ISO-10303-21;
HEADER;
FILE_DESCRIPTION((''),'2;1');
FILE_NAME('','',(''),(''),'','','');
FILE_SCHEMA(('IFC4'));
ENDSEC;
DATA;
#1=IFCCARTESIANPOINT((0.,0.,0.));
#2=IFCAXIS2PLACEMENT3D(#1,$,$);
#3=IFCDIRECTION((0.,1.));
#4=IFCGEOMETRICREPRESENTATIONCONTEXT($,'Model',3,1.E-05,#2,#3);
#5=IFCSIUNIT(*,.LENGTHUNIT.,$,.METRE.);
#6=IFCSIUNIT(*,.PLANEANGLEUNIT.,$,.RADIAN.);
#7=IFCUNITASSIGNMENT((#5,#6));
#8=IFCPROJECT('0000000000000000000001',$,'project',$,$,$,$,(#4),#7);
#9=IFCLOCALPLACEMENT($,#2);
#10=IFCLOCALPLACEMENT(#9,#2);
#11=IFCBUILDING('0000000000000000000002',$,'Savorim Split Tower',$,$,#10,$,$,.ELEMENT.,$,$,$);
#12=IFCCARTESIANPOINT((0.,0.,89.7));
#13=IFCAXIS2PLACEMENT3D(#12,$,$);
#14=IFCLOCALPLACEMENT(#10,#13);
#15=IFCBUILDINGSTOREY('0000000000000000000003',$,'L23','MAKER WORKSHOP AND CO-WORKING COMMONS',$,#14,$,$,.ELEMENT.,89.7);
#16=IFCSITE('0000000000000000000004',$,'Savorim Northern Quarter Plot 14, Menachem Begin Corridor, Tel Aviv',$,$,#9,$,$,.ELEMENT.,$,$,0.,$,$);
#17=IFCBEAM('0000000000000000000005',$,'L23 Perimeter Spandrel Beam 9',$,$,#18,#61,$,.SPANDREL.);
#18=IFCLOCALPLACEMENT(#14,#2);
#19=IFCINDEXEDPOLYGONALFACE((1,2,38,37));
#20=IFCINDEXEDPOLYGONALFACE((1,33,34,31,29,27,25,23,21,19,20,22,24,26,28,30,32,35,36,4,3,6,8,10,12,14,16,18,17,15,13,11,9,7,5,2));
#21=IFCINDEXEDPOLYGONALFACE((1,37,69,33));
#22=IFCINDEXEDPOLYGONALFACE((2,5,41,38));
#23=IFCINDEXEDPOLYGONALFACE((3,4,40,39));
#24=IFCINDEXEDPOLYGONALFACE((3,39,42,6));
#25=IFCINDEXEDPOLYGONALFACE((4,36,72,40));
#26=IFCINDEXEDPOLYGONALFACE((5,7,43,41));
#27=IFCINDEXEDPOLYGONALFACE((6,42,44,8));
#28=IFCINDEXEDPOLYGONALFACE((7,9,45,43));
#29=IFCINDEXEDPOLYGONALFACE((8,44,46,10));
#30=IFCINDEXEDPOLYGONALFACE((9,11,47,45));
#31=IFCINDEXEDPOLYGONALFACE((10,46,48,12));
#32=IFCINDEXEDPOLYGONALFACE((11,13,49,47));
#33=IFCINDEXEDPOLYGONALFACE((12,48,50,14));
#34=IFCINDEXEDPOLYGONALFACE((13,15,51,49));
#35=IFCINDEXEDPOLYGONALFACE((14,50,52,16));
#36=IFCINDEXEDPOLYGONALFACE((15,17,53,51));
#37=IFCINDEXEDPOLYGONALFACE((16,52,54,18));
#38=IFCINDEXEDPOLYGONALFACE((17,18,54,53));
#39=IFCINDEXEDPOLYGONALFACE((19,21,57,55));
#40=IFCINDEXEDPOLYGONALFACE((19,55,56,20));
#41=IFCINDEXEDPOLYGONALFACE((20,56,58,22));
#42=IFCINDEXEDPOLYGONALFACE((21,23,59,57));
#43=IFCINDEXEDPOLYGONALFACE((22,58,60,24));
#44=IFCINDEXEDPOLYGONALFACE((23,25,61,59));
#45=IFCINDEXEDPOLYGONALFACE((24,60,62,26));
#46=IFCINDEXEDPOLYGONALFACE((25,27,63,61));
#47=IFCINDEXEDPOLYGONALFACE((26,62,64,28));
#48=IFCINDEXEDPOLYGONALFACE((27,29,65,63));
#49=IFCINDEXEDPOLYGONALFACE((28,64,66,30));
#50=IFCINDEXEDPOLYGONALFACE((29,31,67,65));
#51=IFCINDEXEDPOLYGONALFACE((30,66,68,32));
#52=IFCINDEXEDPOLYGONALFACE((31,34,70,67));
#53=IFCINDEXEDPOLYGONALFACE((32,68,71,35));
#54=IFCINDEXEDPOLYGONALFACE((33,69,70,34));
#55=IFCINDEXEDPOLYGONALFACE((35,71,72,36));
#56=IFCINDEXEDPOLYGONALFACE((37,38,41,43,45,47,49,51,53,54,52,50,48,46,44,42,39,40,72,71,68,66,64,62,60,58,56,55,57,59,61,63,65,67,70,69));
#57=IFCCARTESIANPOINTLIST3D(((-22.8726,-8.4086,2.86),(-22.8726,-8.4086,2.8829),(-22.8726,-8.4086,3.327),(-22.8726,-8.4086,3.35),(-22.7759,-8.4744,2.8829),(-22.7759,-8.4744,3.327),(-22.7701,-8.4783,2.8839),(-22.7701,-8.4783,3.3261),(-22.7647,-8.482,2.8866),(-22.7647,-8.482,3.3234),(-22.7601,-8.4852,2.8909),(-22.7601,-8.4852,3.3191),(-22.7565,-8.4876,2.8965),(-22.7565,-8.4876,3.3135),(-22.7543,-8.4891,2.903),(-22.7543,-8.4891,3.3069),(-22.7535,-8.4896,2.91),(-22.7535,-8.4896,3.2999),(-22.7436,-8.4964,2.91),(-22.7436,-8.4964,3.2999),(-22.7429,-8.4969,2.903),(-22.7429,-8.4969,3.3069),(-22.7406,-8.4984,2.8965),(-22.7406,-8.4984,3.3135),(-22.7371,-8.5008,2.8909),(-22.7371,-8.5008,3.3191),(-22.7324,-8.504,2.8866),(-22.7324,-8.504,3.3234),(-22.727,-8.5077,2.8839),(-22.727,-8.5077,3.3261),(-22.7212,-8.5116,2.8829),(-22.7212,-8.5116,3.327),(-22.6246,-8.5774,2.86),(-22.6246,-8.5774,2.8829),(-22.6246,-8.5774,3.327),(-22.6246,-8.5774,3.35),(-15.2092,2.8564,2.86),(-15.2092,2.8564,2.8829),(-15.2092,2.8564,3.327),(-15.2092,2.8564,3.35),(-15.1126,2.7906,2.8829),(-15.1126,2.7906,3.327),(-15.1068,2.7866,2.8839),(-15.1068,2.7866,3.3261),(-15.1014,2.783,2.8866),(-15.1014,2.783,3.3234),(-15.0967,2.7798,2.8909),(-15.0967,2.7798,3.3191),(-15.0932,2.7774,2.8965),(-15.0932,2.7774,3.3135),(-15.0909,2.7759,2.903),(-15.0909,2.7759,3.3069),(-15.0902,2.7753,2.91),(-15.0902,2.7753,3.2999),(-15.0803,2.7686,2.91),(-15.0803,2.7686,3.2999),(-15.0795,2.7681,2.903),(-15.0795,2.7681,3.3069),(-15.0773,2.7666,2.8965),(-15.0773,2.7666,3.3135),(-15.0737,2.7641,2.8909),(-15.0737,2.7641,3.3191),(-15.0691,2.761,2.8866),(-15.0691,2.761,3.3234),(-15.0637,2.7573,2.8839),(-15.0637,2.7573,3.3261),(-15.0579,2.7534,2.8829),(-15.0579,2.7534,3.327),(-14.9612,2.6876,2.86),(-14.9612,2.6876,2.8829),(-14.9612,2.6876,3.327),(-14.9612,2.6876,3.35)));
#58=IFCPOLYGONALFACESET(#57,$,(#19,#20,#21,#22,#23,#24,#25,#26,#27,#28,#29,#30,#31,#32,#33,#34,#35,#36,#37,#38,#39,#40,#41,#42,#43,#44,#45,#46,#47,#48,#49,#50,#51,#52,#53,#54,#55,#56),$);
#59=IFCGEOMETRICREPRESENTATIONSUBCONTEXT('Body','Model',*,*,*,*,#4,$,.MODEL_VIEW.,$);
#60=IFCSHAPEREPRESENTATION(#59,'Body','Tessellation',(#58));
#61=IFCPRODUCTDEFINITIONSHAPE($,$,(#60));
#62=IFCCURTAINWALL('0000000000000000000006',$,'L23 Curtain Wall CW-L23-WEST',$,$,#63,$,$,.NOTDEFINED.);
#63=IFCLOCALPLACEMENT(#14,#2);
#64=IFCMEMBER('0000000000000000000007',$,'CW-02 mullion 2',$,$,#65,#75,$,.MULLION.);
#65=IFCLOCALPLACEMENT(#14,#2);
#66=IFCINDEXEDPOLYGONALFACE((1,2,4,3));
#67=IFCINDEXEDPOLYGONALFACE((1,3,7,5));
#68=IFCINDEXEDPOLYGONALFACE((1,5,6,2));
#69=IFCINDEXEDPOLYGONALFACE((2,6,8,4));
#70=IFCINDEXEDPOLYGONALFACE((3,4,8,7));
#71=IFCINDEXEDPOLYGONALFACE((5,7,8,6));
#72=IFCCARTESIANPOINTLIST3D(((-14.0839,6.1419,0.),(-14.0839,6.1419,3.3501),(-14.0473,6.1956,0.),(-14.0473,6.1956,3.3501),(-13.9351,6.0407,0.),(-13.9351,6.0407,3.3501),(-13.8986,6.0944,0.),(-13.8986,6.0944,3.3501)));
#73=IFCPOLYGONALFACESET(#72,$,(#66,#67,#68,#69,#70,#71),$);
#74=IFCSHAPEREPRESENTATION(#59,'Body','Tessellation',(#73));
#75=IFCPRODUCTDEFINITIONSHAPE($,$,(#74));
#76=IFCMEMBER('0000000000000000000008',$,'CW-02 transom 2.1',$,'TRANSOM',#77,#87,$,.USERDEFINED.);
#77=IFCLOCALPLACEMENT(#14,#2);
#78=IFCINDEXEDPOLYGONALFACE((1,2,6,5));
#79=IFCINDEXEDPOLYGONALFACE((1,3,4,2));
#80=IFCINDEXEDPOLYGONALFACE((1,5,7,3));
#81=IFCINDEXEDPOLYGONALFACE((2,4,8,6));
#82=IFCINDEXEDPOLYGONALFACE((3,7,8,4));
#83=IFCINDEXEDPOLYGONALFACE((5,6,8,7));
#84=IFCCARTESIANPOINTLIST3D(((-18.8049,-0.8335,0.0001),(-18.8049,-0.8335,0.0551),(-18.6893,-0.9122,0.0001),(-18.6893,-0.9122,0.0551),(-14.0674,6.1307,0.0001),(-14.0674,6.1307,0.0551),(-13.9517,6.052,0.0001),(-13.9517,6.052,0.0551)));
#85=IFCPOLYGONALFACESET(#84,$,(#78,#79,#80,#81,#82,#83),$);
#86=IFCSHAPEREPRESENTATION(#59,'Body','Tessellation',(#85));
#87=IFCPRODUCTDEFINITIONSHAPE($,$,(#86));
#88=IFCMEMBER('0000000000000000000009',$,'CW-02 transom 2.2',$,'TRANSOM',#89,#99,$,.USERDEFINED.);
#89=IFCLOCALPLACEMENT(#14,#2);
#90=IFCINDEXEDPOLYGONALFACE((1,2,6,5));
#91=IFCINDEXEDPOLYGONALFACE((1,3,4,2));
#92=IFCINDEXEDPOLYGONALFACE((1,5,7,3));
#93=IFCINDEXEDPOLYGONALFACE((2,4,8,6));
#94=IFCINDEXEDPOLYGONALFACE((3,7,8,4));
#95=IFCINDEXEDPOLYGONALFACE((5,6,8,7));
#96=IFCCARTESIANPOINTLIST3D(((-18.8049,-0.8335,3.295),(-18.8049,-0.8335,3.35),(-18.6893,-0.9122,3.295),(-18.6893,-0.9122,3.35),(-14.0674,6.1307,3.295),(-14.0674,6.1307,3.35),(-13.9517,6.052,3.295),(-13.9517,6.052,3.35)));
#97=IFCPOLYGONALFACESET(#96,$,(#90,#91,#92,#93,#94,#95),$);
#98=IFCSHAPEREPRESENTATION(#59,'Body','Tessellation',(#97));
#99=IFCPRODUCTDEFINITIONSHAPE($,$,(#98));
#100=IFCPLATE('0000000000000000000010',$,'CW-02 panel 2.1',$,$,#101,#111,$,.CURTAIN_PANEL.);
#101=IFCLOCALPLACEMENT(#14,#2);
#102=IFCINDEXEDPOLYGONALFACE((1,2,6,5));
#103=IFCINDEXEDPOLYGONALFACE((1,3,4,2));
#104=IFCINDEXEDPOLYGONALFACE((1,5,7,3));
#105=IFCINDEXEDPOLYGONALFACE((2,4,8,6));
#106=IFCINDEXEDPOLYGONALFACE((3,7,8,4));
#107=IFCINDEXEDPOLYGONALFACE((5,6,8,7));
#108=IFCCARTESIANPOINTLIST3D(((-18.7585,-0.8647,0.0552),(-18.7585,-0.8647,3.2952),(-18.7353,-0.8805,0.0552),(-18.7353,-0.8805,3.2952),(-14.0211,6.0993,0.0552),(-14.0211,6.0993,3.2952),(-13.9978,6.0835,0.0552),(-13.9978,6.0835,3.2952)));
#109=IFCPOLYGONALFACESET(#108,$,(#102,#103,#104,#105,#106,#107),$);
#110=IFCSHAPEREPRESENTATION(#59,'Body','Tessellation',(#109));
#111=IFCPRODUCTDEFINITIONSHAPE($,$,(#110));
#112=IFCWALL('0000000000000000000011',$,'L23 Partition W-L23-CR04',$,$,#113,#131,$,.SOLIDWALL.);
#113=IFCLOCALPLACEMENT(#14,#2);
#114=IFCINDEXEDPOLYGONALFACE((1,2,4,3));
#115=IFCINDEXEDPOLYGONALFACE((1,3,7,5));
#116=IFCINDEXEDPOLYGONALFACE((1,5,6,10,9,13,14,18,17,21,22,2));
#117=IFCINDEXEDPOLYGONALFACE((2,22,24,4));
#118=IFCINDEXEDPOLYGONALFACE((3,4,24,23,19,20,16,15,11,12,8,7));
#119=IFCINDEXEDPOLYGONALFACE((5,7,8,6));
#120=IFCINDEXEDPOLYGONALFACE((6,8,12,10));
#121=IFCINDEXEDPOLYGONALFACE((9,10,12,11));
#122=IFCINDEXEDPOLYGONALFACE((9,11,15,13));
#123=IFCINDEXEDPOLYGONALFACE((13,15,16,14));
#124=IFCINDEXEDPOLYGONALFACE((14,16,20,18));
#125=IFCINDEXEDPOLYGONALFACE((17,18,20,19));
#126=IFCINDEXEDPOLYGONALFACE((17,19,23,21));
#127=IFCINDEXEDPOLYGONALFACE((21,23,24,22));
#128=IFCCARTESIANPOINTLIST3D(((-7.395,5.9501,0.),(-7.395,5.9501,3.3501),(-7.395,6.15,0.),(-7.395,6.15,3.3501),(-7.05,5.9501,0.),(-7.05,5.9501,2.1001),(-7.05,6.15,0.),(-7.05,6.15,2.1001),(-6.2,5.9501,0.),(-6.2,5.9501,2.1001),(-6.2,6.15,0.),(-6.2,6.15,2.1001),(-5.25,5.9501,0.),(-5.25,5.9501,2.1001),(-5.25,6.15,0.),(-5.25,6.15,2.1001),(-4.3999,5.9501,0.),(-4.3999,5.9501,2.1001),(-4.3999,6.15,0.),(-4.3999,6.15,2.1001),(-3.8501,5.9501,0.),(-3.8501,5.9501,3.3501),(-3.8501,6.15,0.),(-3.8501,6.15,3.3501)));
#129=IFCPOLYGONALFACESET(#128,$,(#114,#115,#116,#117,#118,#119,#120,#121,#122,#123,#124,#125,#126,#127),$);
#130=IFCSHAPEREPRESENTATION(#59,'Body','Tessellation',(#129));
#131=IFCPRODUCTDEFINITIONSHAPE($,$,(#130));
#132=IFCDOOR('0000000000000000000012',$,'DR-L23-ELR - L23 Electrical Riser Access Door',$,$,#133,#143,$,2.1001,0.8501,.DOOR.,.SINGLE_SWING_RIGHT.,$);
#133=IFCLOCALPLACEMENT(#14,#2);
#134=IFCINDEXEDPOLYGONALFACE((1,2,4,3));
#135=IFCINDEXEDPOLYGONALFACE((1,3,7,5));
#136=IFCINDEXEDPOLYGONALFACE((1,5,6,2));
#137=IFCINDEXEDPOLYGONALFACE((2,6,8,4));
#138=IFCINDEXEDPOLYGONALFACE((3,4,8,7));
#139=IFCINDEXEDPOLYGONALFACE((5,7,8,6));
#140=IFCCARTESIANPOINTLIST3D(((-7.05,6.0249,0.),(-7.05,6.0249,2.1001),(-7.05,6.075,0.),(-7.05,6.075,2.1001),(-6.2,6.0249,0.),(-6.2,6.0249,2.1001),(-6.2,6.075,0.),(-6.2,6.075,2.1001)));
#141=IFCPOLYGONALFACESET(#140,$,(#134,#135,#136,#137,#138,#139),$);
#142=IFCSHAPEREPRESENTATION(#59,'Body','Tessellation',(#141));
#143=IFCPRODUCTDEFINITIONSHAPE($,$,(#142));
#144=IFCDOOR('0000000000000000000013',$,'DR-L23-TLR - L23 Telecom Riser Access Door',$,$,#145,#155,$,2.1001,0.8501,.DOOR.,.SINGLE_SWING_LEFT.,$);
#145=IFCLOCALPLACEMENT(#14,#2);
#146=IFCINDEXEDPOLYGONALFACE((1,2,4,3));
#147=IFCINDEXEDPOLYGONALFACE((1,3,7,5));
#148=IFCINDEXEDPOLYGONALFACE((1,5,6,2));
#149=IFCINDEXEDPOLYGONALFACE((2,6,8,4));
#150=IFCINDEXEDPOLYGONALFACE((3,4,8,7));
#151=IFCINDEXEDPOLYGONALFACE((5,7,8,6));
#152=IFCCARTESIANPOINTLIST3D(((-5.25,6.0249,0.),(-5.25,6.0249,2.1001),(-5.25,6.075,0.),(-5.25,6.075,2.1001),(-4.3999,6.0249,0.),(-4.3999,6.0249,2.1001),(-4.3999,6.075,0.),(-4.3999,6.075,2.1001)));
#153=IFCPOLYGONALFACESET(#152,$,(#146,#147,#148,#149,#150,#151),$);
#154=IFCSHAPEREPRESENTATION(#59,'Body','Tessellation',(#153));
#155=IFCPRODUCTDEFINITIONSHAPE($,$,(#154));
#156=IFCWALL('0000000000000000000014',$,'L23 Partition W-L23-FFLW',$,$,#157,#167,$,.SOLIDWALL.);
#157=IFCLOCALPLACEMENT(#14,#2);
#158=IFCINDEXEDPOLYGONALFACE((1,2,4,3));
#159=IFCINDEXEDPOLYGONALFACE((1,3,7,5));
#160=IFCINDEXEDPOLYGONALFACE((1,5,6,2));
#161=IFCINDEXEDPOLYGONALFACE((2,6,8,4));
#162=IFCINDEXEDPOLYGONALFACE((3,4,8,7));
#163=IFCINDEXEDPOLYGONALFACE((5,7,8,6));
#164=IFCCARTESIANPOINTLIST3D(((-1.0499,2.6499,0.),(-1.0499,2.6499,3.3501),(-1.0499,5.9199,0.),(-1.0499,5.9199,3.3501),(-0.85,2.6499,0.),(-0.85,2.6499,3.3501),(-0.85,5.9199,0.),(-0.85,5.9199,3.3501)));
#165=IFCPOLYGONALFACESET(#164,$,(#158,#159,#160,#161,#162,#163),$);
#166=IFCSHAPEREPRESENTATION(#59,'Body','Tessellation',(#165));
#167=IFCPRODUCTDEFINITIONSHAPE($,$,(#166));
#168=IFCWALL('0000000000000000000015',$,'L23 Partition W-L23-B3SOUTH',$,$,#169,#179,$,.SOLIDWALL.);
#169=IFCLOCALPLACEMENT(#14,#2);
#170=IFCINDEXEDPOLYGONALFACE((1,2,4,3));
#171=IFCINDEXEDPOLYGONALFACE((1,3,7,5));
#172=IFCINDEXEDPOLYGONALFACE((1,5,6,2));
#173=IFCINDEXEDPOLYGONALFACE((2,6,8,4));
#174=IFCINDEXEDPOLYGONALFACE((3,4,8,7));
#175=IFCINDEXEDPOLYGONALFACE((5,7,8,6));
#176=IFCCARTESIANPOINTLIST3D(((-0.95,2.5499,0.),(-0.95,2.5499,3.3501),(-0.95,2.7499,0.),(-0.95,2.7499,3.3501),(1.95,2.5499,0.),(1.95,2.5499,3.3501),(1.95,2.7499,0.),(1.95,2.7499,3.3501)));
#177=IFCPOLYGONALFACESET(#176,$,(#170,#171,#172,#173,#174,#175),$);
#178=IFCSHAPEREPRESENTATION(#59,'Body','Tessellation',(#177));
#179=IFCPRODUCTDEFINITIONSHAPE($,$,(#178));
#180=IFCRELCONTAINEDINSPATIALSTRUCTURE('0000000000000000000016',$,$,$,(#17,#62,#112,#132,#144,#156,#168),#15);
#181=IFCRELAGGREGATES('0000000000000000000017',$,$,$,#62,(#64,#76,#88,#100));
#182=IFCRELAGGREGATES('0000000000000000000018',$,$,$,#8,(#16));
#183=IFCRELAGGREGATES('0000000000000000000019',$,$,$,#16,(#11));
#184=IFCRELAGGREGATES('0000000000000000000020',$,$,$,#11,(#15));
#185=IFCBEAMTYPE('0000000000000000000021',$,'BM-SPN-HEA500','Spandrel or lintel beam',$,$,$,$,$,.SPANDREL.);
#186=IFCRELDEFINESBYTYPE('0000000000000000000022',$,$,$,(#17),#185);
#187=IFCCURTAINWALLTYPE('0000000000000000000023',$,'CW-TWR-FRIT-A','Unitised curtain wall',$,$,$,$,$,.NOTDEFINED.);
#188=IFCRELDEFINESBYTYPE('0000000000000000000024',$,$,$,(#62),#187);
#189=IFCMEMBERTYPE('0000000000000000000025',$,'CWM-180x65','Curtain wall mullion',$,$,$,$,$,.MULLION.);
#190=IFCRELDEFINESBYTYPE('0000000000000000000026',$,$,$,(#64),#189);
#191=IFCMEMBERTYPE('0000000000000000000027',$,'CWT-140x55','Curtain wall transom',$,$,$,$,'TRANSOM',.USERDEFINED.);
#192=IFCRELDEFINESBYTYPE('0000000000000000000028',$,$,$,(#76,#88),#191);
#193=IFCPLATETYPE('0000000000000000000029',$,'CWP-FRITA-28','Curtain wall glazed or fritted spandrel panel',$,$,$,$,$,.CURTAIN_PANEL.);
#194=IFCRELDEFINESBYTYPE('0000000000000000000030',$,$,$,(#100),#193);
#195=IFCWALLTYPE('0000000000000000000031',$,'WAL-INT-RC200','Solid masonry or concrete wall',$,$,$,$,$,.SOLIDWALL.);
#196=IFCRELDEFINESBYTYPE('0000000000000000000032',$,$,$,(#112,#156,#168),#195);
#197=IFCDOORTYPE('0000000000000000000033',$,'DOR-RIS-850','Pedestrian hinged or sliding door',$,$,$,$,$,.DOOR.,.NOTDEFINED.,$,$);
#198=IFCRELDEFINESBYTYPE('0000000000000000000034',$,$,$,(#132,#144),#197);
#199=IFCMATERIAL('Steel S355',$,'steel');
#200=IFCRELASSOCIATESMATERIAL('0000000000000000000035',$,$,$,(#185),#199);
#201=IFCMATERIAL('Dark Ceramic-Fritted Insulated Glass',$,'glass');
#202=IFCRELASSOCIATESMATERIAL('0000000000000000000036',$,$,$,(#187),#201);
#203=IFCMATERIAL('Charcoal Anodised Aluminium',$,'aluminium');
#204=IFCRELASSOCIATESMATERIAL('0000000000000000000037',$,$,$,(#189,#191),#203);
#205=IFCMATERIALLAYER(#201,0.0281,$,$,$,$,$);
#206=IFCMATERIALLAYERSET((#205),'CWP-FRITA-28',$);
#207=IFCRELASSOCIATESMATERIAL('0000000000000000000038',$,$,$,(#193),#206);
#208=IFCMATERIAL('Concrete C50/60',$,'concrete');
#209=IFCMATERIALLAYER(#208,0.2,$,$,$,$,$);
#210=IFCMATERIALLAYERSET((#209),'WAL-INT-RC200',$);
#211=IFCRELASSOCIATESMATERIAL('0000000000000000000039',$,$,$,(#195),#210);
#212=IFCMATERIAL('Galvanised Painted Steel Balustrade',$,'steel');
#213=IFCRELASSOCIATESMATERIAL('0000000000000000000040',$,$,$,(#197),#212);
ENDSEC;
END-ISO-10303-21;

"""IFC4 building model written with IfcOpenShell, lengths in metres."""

from ifc_helpers import new_model, si_unit, direction, frame, frame_2d, origin, origin_2d, place, context, subcontext, project, spatial, rectangle, i_section, extrude, material, layer, layer_set, material_profile, profile_set, type_object, element, fill, aggregate, save


model = new_model("IFC4")

# Units and contexts
model_context = context("Model", 3, precision=1e-05, world=origin(), true_north=direction((0.0, 1.0)))
body_context = subcontext(model_context, "Body", "Model", "MODEL_VIEW")
ifc_project = project(units=[si_unit("LENGTHUNIT", "METRE"), si_unit("PLANEANGLEUNIT", "RADIAN")], contexts=[model_context])

# Site, building, storey
site_placement = place(None, origin())
site = spatial("IfcSite", under=ifc_project, at=site_placement, Name="Savorim Northern Quarter Plot 14, Menachem Begin Corridor, Tel Aviv", CompositionType="ELEMENT", RefElevation=0.0)
building_placement = place(site_placement, origin())
building = spatial("IfcBuilding", under=site, at=building_placement, Name="Savorim Split Tower", CompositionType="ELEMENT")
storey_placement = place(building_placement, frame((0.0, 0.0, 89.7)))
storey = spatial("IfcBuildingStorey", under=building, at=storey_placement, Name="L23", Description="MAKER WORKSHOP AND CO-WORKING COMMONS", CompositionType="ELEMENT", Elevation=89.7)

# Beam
ifc_material_1 = material(Name="Steel S355", Category="steel")
ifc_material_profile_1 = material_profile(ifc_material_1, i_section(OverallWidth=0.3, OverallDepth=0.49, WebThickness=0.012, FlangeThickness=0.0229, FilletRadius=0.0271, at=origin_2d()), Name="HEA 500")
ifc_profile_set_1 = profile_set([ifc_material_profile_1], Name="Steel S355")
beam_type_1 = type_object("IfcBeamType", Name="BM-SPN-HEA500", Description="Spandrel or lintel beam", PredefinedType="SPANDREL", material=ifc_profile_set_1)
beam_1_placement = place(storey_placement, frame((-15.0852, 2.772, 3.105), z_axis=(-0.562471, -0.826817, 0.0), x_axis=(0.826817, -0.562471, 0.0)))
element("IfcBeam", 1, at=beam_1_placement, inside=storey, type_object=beam_type_1, Name="L23 Perimeter Spandrel Beam 9", PredefinedType="SPANDREL", context=body_context, shape_type="SweptSolid", body=[
    extrude(i_section(OverallWidth=0.3, OverallDepth=0.49, WebThickness=0.012, FlangeThickness=0.0229, FilletRadius=0.0271, at=origin_2d()), origin(), (0.0, 0.0, 1.0), 13.6245),
])

# Curtain wall, members, plate
ifc_material_2 = material(Name="Dark Ceramic-Fritted Insulated Glass", Category="glass")
curtain_wall_type = type_object("IfcCurtainWallType", Name="CW-TWR-FRIT-A", Description="Unitised curtain wall", PredefinedType="NOTDEFINED", material=ifc_material_2)
curtain_wall_placement = place(storey_placement, origin())
curtain_wall = element("IfcCurtainWall", 2, at=curtain_wall_placement, inside=storey, type_object=curtain_wall_type, Name="L23 Curtain Wall CW-L23-WEST", PredefinedType="NOTDEFINED")
ifc_material_3 = material(Name="Charcoal Anodised Aluminium", Category="aluminium")
ifc_material_profile_2 = material_profile(ifc_material_3, rectangle(XDim=0.1799, YDim=0.0649, at=origin_2d()), Name="ALU-M 180x65")
ifc_profile_set_2 = profile_set([ifc_material_profile_2], Name="Charcoal Anodised Aluminium")
member_type_1 = type_object("IfcMemberType", Name="CWM-180x65", Description="Curtain wall mullion", PredefinedType="MULLION", material=ifc_profile_set_2)
member_1_placement = place(storey_placement, frame((-13.9912, 6.1182, 0.0), z_axis=(0.0, 0.0, 1.0), x_axis=(0.826819, -0.562468, 0.0)))
member_1 = element("IfcMember", 3, at=member_1_placement, type_object=member_type_1, Name="CW-02 mullion 2", PredefinedType="MULLION", context=body_context, shape_type="SweptSolid", body=[
    extrude(rectangle(XDim=0.1799, YDim=0.0649, at=origin_2d()), origin(), (0.0, 0.0, 1.0), 3.3501),
])
ifc_material_profile_3 = material_profile(ifc_material_3, rectangle(XDim=0.1399, YDim=0.0549, at=origin_2d()), Name="ALU-T 140x55")
ifc_profile_set_3 = profile_set([ifc_material_profile_3], Name="Charcoal Anodised Aluminium")
member_type_2 = type_object("IfcMemberType", Name="CWT-140x55", Description="Curtain wall transom", ElementType="TRANSOM", PredefinedType="USERDEFINED", material=ifc_profile_set_3)
member_2_placement = place(storey_placement, frame((-14.0095, 6.0913, 0.0276), z_axis=(-0.562469, -0.826819, 0.0), x_axis=(0.826819, -0.562469, 0.0)))
member_2 = element("IfcMember", 4, at=member_2_placement, type_object=member_type_2, Name="CW-02 transom 2.1", ObjectType="TRANSOM", PredefinedType="USERDEFINED", context=body_context, shape_type="SweptSolid", body=[
    extrude(rectangle(XDim=0.1399, YDim=0.0549, at=origin_2d()), origin(), (0.0, 0.0, 1.0), 8.4229),
])
member_3_placement = place(storey_placement, frame((-14.0095, 6.0913, 3.3225), z_axis=(-0.562469, -0.826819, 0.0), x_axis=(0.826819, -0.562469, 0.0)))
member_3 = element("IfcMember", 5, at=member_3_placement, type_object=member_type_2, Name="CW-02 transom 2.2", ObjectType="TRANSOM", PredefinedType="USERDEFINED", context=body_context, shape_type="SweptSolid", body=[
    extrude(rectangle(XDim=0.1399, YDim=0.0549, at=origin_2d()), origin(), (0.0, 0.0, 1.0), 8.4229),
])
ifc_layer_1 = layer(ifc_material_2, 0.0281)
ifc_layer_set_1 = layer_set([ifc_layer_1], Name="CWP-FRITA-28")
plate_type = type_object("IfcPlateType", Name="CWP-FRITA-28", Description="Curtain wall glazed or fritted spandrel panel", PredefinedType="CURTAIN_PANEL", material=ifc_layer_set_1)
plate_placement = place(storey_placement, frame((-16.3782, 2.6094, 0.0552), z_axis=(0.0, 0.0, 1.0), x_axis=(-0.562468, -0.826819, 0.0)))
plate = element("IfcPlate", 6, at=plate_placement, type_object=plate_type, Name="CW-02 panel 2.1", PredefinedType="CURTAIN_PANEL", context=body_context, shape_type="SweptSolid", body=[
    extrude(rectangle(XDim=8.4226, YDim=0.0281, at=origin_2d()), origin(), (0.0, 0.0, 1.0), 3.24),
])
aggregate(curtain_wall, [member_1, member_2, member_3, plate])

# Wall, openings, doors
ifc_material_4 = material(Name="Concrete C50/60", Category="concrete")
ifc_layer_2 = layer(ifc_material_4, 0.2)
ifc_layer_set_2 = layer_set([ifc_layer_2], Name="WAL-INT-RC200")
wall_type_1 = type_object("IfcWallType", Name="WAL-INT-RC200", Description="Solid masonry or concrete wall", PredefinedType="SOLIDWALL", material=ifc_layer_set_2)
wall_1_placement = place(storey_placement, frame((-7.395, 6.05, 0.0), z_axis=(0.0, 0.0, 1.0), x_axis=(1.0, 0.0, 0.0)))
wall_1 = element("IfcWall", 7, at=wall_1_placement, inside=storey, type_object=wall_type_1, Name="L23 Partition W-L23-CR04", PredefinedType="SOLIDWALL", context=body_context, shape_type="SweptSolid", body=[
    extrude(rectangle(XDim=3.5449, YDim=0.2, at=frame_2d((1.7725, 0.0))), origin(), (0.0, 0.0, 1.0), 3.3501),
])
opening_1_placement = place(wall_1_placement, frame((0.345, 0.0, 0.0)))
opening_1 = element("IfcOpeningElement", 8, at=opening_1_placement, cuts=wall_1, PredefinedType="OPENING", context=body_context, shape_type="SweptSolid", body=[
    extrude(rectangle(XDim=0.8501, YDim=2.1001, at=frame_2d((0.425, 1.05))), frame((0.0, 0.1099, 0.0), z_axis=(0.0, -1.0, 0.0), x_axis=(1.0, 0.0, 0.0)), (0.0, 0.0, 1.0), 0.22),
])
opening_2_placement = place(wall_1_placement, frame((2.145, 0.0, 0.0)))
opening_2 = element("IfcOpeningElement", 9, at=opening_2_placement, cuts=wall_1, PredefinedType="OPENING", context=body_context, shape_type="SweptSolid", body=[
    extrude(rectangle(XDim=0.8501, YDim=2.1001, at=frame_2d((0.425, 1.05))), frame((0.0, 0.1099, 0.0), z_axis=(0.0, -1.0, 0.0), x_axis=(1.0, 0.0, 0.0)), (0.0, 0.0, 1.0), 0.22),
])
ifc_material_5 = material(Name="Galvanised Painted Steel Balustrade", Category="steel")
door_type = type_object("IfcDoorType", Name="DOR-RIS-850", Description="Pedestrian hinged or sliding door", OperationType="NOTDEFINED", PredefinedType="DOOR", material=ifc_material_5)
door_1_placement = place(opening_1_placement, origin())
door_1 = element("IfcDoor", 10, at=door_1_placement, inside=storey, type_object=door_type, Name="DR-L23-ELR - L23 Electrical Riser Access Door", OperationType="SINGLE_SWING_RIGHT", OverallHeight=2.1001, OverallWidth=0.8501, PredefinedType="DOOR", context=body_context, shape_type="SweptSolid", body=[
    extrude(rectangle(XDim=0.8501, YDim=2.1001, at=frame_2d((0.425, 1.05))), frame((0.0, 0.0249, 0.0), z_axis=(0.0, -1.0, 0.0), x_axis=(1.0, 0.0, 0.0)), (0.0, 0.0, 1.0), 0.05),
])
fill(opening_1, door_1)
door_2_placement = place(opening_2_placement, origin())
door_2 = element("IfcDoor", 11, at=door_2_placement, inside=storey, type_object=door_type, Name="DR-L23-TLR - L23 Telecom Riser Access Door", OperationType="SINGLE_SWING_LEFT", OverallHeight=2.1001, OverallWidth=0.8501, PredefinedType="DOOR", context=body_context, shape_type="SweptSolid", body=[
    extrude(rectangle(XDim=0.8501, YDim=2.1001, at=frame_2d((0.425, 1.05))), frame((0.0, 0.0249, 0.0), z_axis=(0.0, -1.0, 0.0), x_axis=(1.0, 0.0, 0.0)), (0.0, 0.0, 1.0), 0.05),
])
fill(opening_2, door_2)

# Walls
wall_2_placement = place(storey_placement, frame((-0.95, 2.6499, 0.0), z_axis=(0.0, 0.0, 1.0), x_axis=(0.0, 1.0, 0.0)))
element("IfcWall", 12, at=wall_2_placement, inside=storey, type_object=wall_type_1, Name="L23 Partition W-L23-FFLW", PredefinedType="SOLIDWALL", context=body_context, shape_type="SweptSolid", body=[
    extrude(rectangle(XDim=3.27, YDim=0.2, at=frame_2d((1.635, 0.0))), origin(), (0.0, 0.0, 1.0), 3.3501),
])
wall_3_placement = place(storey_placement, frame((-0.95, 2.6499, 0.0), z_axis=(0.0, 0.0, 1.0), x_axis=(1.0, 0.0, 0.0)))
element("IfcWall", 13, at=wall_3_placement, inside=storey, type_object=wall_type_1, Name="L23 Partition W-L23-B3SOUTH", PredefinedType="SOLIDWALL", context=body_context, shape_type="SweptSolid", body=[
    extrude(rectangle(XDim=2.8999, YDim=0.2, at=frame_2d((1.45, 0.0))), origin(), (0.0, 0.0, 1.0), 3.3501),
])

save(model, "model.ifc")
